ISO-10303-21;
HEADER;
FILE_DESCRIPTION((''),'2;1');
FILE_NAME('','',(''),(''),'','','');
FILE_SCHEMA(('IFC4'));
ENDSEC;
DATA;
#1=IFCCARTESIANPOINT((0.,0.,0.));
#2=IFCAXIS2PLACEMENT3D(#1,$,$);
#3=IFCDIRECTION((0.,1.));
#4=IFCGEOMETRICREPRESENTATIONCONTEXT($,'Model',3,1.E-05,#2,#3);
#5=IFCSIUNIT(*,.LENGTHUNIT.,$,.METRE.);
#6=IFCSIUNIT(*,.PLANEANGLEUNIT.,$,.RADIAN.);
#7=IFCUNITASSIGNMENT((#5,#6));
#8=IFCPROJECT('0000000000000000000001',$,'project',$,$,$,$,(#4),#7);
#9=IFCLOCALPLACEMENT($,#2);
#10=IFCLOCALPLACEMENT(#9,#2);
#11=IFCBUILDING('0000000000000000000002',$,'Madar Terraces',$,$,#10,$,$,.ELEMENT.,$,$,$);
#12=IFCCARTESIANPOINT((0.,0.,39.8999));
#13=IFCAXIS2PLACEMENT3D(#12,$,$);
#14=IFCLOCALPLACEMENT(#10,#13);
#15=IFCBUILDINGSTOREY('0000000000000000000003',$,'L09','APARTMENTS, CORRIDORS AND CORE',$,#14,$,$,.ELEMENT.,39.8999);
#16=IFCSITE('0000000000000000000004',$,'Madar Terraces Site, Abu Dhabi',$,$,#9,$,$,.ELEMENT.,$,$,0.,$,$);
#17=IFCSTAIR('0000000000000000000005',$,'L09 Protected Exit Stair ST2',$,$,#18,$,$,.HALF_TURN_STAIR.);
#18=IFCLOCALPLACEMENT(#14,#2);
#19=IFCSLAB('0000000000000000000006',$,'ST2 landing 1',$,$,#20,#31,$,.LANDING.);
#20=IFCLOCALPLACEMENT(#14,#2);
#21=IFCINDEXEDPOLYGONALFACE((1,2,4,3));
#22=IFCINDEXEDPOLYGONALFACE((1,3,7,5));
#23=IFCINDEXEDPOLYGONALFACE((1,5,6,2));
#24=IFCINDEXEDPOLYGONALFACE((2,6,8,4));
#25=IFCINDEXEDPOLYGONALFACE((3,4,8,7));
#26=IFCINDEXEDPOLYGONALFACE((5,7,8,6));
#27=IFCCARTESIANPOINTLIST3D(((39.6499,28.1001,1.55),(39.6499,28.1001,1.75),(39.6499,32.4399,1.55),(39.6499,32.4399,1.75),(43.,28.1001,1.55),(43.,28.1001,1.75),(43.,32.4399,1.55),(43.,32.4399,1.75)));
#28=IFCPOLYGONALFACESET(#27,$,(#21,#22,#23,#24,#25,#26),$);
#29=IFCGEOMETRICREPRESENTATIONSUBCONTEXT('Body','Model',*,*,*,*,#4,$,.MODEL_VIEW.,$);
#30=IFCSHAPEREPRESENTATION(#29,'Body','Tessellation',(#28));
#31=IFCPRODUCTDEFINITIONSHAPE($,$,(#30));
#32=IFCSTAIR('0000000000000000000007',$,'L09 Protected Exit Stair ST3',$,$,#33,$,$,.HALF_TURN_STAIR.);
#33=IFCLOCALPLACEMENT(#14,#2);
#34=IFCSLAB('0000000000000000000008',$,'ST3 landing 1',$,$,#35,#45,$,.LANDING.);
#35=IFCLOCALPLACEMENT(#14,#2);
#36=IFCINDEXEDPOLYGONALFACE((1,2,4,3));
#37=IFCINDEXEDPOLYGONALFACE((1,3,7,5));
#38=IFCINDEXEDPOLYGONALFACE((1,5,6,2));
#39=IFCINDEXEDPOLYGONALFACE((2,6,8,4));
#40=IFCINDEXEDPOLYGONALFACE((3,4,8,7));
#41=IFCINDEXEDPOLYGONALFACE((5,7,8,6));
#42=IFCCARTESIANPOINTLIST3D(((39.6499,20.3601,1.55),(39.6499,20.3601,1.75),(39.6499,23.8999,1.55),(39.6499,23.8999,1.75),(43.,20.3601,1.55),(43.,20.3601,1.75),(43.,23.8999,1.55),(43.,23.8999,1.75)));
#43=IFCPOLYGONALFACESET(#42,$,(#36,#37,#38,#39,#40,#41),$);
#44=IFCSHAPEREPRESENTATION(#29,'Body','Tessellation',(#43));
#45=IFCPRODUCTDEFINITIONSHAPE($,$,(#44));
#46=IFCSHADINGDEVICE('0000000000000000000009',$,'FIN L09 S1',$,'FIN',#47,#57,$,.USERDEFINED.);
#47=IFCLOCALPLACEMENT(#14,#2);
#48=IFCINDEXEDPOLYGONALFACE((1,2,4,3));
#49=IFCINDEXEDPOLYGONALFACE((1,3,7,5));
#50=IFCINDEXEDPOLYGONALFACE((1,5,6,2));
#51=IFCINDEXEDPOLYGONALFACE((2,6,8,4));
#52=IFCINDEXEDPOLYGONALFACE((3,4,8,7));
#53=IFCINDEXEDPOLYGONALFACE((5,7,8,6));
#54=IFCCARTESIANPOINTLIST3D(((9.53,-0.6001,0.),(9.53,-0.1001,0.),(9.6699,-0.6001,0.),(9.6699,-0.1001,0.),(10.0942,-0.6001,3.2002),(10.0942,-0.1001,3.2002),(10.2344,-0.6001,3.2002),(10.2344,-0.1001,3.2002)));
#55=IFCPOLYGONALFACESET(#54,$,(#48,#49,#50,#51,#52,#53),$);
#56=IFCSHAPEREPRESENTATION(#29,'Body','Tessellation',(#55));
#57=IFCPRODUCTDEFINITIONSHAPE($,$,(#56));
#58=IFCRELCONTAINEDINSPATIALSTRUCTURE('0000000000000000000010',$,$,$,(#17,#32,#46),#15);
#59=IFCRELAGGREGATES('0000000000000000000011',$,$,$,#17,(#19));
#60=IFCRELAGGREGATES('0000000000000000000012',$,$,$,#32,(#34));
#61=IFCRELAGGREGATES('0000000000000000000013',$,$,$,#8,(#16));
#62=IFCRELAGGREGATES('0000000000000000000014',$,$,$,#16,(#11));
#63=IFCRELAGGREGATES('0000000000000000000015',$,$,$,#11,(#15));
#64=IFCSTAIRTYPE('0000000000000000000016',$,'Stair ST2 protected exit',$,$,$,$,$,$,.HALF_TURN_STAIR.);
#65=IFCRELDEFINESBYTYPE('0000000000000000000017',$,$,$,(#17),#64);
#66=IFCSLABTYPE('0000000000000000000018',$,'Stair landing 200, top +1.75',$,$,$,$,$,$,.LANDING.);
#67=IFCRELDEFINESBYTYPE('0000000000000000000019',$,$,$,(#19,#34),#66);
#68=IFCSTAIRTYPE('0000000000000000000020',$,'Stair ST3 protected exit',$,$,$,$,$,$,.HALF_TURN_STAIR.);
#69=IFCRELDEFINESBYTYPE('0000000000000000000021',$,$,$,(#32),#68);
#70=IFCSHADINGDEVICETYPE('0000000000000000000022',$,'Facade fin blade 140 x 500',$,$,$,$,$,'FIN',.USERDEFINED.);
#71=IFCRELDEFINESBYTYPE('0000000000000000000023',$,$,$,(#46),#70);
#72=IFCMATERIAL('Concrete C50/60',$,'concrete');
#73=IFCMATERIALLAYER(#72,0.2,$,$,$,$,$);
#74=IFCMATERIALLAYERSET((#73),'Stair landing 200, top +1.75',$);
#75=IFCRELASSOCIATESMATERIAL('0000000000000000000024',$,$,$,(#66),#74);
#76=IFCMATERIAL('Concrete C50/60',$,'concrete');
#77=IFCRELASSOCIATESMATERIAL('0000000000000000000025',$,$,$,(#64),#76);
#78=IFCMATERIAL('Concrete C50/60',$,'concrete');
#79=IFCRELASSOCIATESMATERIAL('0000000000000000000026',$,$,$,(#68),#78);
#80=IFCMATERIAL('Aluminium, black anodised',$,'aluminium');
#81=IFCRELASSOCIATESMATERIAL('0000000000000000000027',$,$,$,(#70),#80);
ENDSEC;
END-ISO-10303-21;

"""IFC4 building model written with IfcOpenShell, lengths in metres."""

from ifc_helpers import new_model, si_unit, direction, frame, origin, place, context, subcontext, project, spatial, polyline, outline, extrude, material, layer, layer_set, type_object, element, aggregate, save


model = new_model("IFC4")

# Units and contexts
model_context = context("Model", 3, precision=1e-05, world=origin(), true_north=direction((0.0, 1.0)))
body_context = subcontext(model_context, "Body", "Model", "MODEL_VIEW")
ifc_project = project(units=[si_unit("LENGTHUNIT", "METRE"), si_unit("PLANEANGLEUNIT", "RADIAN")], contexts=[model_context])

# Site, building, storey
site_placement = place(None, origin())
site = spatial("IfcSite", under=ifc_project, at=site_placement, Name="Madar Terraces Site, Abu Dhabi", CompositionType="ELEMENT", RefElevation=0.0)
building_placement = place(site_placement, origin())
building = spatial("IfcBuilding", under=site, at=building_placement, Name="Madar Terraces", CompositionType="ELEMENT")
storey_placement = place(building_placement, frame((0.0, 0.0, 39.8999)))
storey = spatial("IfcBuildingStorey", under=building, at=storey_placement, Name="L09", Description="APARTMENTS, CORRIDORS AND CORE", CompositionType="ELEMENT", Elevation=39.8999)

# Stairs, slabs
ifc_material_1 = material(Name="Concrete C50/60", Category="concrete")
ifc_layer_1 = layer(ifc_material_1, 0.2)
ifc_layer_set_1 = layer_set([ifc_layer_1], Name="Stair landing 200, top +1.75")
slab_type_1 = type_object("IfcSlabType", Name="Stair landing 200, top +1.75", PredefinedType="LANDING", material=ifc_layer_set_1)
ifc_material_2 = material(Name="Concrete C50/60", Category="concrete")
stair_type_1 = type_object("IfcStairType", Name="Stair ST2 protected exit", PredefinedType="HALF_TURN_STAIR", material=ifc_material_2)
stair_1_placement = place(storey_placement, origin())
stair_1 = element("IfcStair", 1, at=stair_1_placement, inside=storey, type_object=stair_type_1, Name="L09 Protected Exit Stair ST2", PredefinedType="HALF_TURN_STAIR")
slab_1_placement = place(storey_placement, frame((0.0, 0.0, 1.55)))
slab_1 = element("IfcSlab", 2, at=slab_1_placement, type_object=slab_type_1, Name="ST2 landing 1", PredefinedType="LANDING", context=body_context, shape_type="SweptSolid", body=[
    extrude(outline(polyline([(39.6499, 28.1001), (43.0, 28.1001), (43.0, 32.4399), (39.6499, 32.4399), (39.6499, 28.1001)])), origin(), (0.0, 0.0, 1.0), 0.2),
])
aggregate(stair_1, [slab_1])
ifc_material_3 = material(Name="Concrete C50/60", Category="concrete")
stair_type_2 = type_object("IfcStairType", Name="Stair ST3 protected exit", PredefinedType="HALF_TURN_STAIR", material=ifc_material_3)
stair_2_placement = place(storey_placement, origin())
stair_2 = element("IfcStair", 3, at=stair_2_placement, inside=storey, type_object=stair_type_2, Name="L09 Protected Exit Stair ST3", PredefinedType="HALF_TURN_STAIR")
slab_2_placement = place(storey_placement, frame((0.0, 0.0, 1.55)))
slab_2 = element("IfcSlab", 4, at=slab_2_placement, type_object=slab_type_1, Name="ST3 landing 1", PredefinedType="LANDING", context=body_context, shape_type="SweptSolid", body=[
    extrude(outline(polyline([(39.6499, 20.3601), (43.0, 20.3601), (43.0, 23.8999), (39.6499, 23.8999), (39.6499, 20.3601)])), origin(), (0.0, 0.0, 1.0), 0.2),
])
aggregate(stair_2, [slab_2])

# Shading device
ifc_material_4 = material(Name="Aluminium, black anodised", Category="aluminium")
shading_device_type = type_object("IfcShadingDeviceType", Name="Facade fin blade 140 x 500", ElementType="FIN", PredefinedType="USERDEFINED", material=ifc_material_4)
shading_device_placement = place(storey_placement, frame((9.53, -0.3501, 0.0), z_axis=(0.0, 0.0, 1.0), x_axis=(1.0, 0.0, 0.0)))
element("IfcShadingDevice", 5, at=shading_device_placement, inside=storey, type_object=shading_device_type, Name="FIN L09 S1", ObjectType="FIN", PredefinedType="USERDEFINED", context=body_context, shape_type="SweptSolid", body=[
    extrude(outline(polyline([(0.0, 0.0), (0.1399, 0.0), (0.7043, 3.2002), (0.5642, 3.2002), (0.0, 0.0)])), frame((0.0, 0.25, 0.0), z_axis=(0.0, -1.0, 0.0), x_axis=(1.0, 0.0, 0.0)), (0.0, 0.0, 1.0), 0.5),
])

save(model, "model.ifc")
